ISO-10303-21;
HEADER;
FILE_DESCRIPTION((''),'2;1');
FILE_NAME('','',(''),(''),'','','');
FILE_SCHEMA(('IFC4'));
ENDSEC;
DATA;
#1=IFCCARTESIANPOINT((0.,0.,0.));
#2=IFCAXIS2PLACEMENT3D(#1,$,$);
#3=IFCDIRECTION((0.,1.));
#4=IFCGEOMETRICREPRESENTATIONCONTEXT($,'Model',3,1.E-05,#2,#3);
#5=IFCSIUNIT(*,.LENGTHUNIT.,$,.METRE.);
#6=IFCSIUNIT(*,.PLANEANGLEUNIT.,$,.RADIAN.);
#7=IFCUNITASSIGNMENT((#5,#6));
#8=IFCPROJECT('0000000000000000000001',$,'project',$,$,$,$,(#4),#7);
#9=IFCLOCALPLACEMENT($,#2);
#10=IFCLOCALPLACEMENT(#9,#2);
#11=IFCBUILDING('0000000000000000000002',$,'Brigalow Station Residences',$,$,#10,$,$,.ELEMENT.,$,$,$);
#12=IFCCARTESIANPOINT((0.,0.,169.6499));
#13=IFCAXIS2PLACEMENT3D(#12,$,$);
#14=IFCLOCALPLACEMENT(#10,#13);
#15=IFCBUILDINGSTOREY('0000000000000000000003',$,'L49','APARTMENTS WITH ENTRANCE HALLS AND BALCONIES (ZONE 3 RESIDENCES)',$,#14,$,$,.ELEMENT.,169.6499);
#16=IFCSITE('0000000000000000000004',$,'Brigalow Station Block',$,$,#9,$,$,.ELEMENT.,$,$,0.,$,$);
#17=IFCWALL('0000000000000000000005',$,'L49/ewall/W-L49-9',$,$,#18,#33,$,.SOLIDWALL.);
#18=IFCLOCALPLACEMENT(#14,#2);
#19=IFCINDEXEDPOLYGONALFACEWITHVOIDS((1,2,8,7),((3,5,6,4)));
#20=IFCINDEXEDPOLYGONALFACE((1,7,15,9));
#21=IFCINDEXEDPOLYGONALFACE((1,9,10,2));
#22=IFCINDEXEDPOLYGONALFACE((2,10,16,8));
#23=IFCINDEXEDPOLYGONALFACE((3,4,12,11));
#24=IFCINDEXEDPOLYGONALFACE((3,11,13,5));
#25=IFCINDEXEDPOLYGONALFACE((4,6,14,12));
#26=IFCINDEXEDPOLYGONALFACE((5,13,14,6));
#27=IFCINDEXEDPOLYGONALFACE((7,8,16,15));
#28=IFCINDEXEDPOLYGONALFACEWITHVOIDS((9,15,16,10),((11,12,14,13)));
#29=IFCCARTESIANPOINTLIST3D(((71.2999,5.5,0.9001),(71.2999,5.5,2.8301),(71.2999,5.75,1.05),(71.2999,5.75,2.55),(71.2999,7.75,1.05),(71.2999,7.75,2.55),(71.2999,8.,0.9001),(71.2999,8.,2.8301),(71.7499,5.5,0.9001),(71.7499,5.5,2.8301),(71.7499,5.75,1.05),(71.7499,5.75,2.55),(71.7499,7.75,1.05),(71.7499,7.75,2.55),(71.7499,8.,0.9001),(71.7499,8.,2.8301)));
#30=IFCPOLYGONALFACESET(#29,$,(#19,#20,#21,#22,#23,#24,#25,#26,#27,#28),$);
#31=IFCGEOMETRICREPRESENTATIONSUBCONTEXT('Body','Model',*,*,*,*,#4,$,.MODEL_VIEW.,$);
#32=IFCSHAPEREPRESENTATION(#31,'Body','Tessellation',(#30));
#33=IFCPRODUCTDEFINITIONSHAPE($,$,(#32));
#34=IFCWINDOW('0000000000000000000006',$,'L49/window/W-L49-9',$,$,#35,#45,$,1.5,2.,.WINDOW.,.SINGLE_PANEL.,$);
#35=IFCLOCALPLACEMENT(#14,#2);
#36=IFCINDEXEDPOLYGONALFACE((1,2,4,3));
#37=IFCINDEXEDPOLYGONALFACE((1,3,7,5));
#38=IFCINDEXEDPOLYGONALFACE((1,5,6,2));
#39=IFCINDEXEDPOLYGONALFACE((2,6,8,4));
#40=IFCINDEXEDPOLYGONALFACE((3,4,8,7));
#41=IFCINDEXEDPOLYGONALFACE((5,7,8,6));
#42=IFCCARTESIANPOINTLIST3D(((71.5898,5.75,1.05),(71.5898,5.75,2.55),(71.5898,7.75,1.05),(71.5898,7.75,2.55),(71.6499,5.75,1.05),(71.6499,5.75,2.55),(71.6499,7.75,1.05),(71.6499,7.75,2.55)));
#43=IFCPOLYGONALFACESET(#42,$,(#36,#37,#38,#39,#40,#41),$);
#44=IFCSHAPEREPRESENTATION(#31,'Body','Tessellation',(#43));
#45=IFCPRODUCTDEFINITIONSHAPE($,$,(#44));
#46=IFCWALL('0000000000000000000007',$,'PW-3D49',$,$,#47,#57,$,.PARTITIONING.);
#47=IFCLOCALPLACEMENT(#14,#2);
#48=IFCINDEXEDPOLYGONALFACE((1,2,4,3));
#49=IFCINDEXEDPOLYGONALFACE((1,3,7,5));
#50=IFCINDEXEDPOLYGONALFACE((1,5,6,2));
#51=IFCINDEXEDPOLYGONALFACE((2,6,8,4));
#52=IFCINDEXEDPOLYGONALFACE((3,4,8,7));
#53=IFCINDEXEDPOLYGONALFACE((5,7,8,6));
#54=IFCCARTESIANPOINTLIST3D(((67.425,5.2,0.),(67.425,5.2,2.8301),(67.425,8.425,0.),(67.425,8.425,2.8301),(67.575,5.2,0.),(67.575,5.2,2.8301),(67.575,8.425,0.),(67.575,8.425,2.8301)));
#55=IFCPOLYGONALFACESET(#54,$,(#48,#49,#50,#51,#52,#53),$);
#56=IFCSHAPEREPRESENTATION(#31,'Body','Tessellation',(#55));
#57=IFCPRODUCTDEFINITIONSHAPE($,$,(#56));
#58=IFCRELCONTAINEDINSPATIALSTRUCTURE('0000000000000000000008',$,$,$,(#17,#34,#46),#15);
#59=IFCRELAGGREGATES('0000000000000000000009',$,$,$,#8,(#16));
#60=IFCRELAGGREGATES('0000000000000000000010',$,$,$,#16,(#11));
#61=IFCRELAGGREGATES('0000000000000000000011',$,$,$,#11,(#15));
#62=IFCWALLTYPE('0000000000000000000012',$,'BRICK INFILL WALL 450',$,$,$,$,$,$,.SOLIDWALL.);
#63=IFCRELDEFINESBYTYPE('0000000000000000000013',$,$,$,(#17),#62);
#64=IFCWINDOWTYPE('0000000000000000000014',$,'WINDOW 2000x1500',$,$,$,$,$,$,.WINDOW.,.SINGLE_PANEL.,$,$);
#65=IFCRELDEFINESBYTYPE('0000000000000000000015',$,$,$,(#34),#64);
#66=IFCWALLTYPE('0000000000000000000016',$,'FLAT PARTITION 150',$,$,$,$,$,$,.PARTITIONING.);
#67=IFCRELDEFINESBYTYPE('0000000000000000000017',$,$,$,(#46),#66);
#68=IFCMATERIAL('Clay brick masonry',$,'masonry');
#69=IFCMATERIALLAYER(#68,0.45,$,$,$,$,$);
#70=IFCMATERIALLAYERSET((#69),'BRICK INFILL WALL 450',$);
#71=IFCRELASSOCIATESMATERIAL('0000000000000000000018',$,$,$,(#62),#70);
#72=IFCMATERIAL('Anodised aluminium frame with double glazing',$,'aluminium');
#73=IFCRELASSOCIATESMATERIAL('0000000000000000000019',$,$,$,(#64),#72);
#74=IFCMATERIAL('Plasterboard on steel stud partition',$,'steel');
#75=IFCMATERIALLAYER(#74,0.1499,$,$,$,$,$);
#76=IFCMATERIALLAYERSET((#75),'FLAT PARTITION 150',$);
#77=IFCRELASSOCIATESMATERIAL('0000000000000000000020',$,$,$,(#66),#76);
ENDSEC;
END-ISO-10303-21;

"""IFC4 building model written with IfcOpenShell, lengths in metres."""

from ifc_helpers import new_model, si_unit, direction, frame, frame_2d, origin, place, context, subcontext, project, spatial, rectangle, extrude, material, layer, layer_set, type_object, element, fill, save


model = new_model("IFC4")

# Units and contexts
model_context = context("Model", 3, precision=1e-05, world=origin(), true_north=direction((0.0, 1.0)))
body_context = subcontext(model_context, "Body", "Model", "MODEL_VIEW")
ifc_project = project(units=[si_unit("LENGTHUNIT", "METRE"), si_unit("PLANEANGLEUNIT", "RADIAN")], contexts=[model_context])

# Site, building, storey
site_placement = place(None, origin())
site = spatial("IfcSite", under=ifc_project, at=site_placement, Name="Brigalow Station Block", CompositionType="ELEMENT", RefElevation=0.0)
building_placement = place(site_placement, origin())
building = spatial("IfcBuilding", under=site, at=building_placement, Name="Brigalow Station Residences", CompositionType="ELEMENT")
storey_placement = place(building_placement, frame((0.0, 0.0, 169.6499)))
storey = spatial("IfcBuildingStorey", under=building, at=storey_placement, Name="L49", Description="APARTMENTS WITH ENTRANCE HALLS AND BALCONIES (ZONE 3 RESIDENCES)", CompositionType="ELEMENT", Elevation=169.6499)

# Wall, opening, window
ifc_material_1 = material(Name="Clay brick masonry", Category="masonry")
ifc_layer_1 = layer(ifc_material_1, 0.45)
ifc_layer_set_1 = layer_set([ifc_layer_1], Name="BRICK INFILL WALL 450")
wall_type_1 = type_object("IfcWallType", Name="BRICK INFILL WALL 450", PredefinedType="SOLIDWALL", material=ifc_layer_set_1)
wall_1_placement = place(storey_placement, frame((71.5249, 5.5, 0.9001), z_axis=(0.0, 0.0, 1.0), x_axis=(0.0, 1.0, 0.0)))
wall_1 = element("IfcWall", 1, at=wall_1_placement, inside=storey, type_object=wall_type_1, Name="L49/ewall/W-L49-9", PredefinedType="SOLIDWALL", context=body_context, shape_type="SweptSolid", body=[
    extrude(rectangle(XDim=2.5, YDim=0.45, at=frame_2d((1.25, 0.0))), origin(), (0.0, 0.0, 1.0), 1.9299),
])
opening_1_placement = place(wall_1_placement, frame((0.25, 0.0, 0.1499)))
opening_1 = element("IfcOpeningElement", 2, at=opening_1_placement, cuts=wall_1, PredefinedType="OPENING", context=body_context, shape_type="SweptSolid", body=[
    extrude(rectangle(XDim=2.0, YDim=1.5, at=frame_2d((1.0, 0.75))), frame((0.0, 0.2349, 0.0), z_axis=(0.0, -1.0, 0.0), x_axis=(1.0, 0.0, 0.0)), (0.0, 0.0, 1.0), 0.47),
])
ifc_material_2 = material(Name="Anodised aluminium frame with double glazing", Category="aluminium")
window_type_1 = type_object("IfcWindowType", Name="WINDOW 2000x1500", PartitioningType="SINGLE_PANEL", PredefinedType="WINDOW", material=ifc_material_2)
window_1_placement = place(opening_1_placement, origin())
window_1 = element("IfcWindow", 3, at=window_1_placement, inside=storey, type_object=window_type_1, Name="L49/window/W-L49-9", OverallHeight=1.5, OverallWidth=2.0, PartitioningType="SINGLE_PANEL", PredefinedType="WINDOW", context=body_context, shape_type="SweptSolid", body=[
    extrude(rectangle(XDim=2.0, YDim=1.5, at=frame_2d((1.0, 0.75))), frame((0.0, -0.0649, 0.0), z_axis=(0.0, -1.0, 0.0), x_axis=(1.0, 0.0, 0.0)), (0.0, 0.0, 1.0), 0.0601),
])
fill(opening_1, window_1)

# Wall
ifc_material_3 = material(Name="Plasterboard on steel stud partition", Category="steel")
ifc_layer_2 = layer(ifc_material_3, 0.1499)
ifc_layer_set_2 = layer_set([ifc_layer_2], Name="FLAT PARTITION 150")
wall_type_2 = type_object("IfcWallType", Name="FLAT PARTITION 150", PredefinedType="PARTITIONING", material=ifc_layer_set_2)
wall_2_placement = place(storey_placement, frame((67.5, 5.2, 0.0), z_axis=(0.0, 0.0, 1.0), x_axis=(0.0, 1.0, 0.0)))
element("IfcWall", 4, at=wall_2_placement, inside=storey, type_object=wall_type_2, Name="PW-3D49", PredefinedType="PARTITIONING", context=body_context, shape_type="SweptSolid", body=[
    extrude(rectangle(XDim=3.2251, YDim=0.1499, at=frame_2d((1.6125, 0.0))), origin(), (0.0, 0.0, 1.0), 2.8301),
])

save(model, "model.ifc")
